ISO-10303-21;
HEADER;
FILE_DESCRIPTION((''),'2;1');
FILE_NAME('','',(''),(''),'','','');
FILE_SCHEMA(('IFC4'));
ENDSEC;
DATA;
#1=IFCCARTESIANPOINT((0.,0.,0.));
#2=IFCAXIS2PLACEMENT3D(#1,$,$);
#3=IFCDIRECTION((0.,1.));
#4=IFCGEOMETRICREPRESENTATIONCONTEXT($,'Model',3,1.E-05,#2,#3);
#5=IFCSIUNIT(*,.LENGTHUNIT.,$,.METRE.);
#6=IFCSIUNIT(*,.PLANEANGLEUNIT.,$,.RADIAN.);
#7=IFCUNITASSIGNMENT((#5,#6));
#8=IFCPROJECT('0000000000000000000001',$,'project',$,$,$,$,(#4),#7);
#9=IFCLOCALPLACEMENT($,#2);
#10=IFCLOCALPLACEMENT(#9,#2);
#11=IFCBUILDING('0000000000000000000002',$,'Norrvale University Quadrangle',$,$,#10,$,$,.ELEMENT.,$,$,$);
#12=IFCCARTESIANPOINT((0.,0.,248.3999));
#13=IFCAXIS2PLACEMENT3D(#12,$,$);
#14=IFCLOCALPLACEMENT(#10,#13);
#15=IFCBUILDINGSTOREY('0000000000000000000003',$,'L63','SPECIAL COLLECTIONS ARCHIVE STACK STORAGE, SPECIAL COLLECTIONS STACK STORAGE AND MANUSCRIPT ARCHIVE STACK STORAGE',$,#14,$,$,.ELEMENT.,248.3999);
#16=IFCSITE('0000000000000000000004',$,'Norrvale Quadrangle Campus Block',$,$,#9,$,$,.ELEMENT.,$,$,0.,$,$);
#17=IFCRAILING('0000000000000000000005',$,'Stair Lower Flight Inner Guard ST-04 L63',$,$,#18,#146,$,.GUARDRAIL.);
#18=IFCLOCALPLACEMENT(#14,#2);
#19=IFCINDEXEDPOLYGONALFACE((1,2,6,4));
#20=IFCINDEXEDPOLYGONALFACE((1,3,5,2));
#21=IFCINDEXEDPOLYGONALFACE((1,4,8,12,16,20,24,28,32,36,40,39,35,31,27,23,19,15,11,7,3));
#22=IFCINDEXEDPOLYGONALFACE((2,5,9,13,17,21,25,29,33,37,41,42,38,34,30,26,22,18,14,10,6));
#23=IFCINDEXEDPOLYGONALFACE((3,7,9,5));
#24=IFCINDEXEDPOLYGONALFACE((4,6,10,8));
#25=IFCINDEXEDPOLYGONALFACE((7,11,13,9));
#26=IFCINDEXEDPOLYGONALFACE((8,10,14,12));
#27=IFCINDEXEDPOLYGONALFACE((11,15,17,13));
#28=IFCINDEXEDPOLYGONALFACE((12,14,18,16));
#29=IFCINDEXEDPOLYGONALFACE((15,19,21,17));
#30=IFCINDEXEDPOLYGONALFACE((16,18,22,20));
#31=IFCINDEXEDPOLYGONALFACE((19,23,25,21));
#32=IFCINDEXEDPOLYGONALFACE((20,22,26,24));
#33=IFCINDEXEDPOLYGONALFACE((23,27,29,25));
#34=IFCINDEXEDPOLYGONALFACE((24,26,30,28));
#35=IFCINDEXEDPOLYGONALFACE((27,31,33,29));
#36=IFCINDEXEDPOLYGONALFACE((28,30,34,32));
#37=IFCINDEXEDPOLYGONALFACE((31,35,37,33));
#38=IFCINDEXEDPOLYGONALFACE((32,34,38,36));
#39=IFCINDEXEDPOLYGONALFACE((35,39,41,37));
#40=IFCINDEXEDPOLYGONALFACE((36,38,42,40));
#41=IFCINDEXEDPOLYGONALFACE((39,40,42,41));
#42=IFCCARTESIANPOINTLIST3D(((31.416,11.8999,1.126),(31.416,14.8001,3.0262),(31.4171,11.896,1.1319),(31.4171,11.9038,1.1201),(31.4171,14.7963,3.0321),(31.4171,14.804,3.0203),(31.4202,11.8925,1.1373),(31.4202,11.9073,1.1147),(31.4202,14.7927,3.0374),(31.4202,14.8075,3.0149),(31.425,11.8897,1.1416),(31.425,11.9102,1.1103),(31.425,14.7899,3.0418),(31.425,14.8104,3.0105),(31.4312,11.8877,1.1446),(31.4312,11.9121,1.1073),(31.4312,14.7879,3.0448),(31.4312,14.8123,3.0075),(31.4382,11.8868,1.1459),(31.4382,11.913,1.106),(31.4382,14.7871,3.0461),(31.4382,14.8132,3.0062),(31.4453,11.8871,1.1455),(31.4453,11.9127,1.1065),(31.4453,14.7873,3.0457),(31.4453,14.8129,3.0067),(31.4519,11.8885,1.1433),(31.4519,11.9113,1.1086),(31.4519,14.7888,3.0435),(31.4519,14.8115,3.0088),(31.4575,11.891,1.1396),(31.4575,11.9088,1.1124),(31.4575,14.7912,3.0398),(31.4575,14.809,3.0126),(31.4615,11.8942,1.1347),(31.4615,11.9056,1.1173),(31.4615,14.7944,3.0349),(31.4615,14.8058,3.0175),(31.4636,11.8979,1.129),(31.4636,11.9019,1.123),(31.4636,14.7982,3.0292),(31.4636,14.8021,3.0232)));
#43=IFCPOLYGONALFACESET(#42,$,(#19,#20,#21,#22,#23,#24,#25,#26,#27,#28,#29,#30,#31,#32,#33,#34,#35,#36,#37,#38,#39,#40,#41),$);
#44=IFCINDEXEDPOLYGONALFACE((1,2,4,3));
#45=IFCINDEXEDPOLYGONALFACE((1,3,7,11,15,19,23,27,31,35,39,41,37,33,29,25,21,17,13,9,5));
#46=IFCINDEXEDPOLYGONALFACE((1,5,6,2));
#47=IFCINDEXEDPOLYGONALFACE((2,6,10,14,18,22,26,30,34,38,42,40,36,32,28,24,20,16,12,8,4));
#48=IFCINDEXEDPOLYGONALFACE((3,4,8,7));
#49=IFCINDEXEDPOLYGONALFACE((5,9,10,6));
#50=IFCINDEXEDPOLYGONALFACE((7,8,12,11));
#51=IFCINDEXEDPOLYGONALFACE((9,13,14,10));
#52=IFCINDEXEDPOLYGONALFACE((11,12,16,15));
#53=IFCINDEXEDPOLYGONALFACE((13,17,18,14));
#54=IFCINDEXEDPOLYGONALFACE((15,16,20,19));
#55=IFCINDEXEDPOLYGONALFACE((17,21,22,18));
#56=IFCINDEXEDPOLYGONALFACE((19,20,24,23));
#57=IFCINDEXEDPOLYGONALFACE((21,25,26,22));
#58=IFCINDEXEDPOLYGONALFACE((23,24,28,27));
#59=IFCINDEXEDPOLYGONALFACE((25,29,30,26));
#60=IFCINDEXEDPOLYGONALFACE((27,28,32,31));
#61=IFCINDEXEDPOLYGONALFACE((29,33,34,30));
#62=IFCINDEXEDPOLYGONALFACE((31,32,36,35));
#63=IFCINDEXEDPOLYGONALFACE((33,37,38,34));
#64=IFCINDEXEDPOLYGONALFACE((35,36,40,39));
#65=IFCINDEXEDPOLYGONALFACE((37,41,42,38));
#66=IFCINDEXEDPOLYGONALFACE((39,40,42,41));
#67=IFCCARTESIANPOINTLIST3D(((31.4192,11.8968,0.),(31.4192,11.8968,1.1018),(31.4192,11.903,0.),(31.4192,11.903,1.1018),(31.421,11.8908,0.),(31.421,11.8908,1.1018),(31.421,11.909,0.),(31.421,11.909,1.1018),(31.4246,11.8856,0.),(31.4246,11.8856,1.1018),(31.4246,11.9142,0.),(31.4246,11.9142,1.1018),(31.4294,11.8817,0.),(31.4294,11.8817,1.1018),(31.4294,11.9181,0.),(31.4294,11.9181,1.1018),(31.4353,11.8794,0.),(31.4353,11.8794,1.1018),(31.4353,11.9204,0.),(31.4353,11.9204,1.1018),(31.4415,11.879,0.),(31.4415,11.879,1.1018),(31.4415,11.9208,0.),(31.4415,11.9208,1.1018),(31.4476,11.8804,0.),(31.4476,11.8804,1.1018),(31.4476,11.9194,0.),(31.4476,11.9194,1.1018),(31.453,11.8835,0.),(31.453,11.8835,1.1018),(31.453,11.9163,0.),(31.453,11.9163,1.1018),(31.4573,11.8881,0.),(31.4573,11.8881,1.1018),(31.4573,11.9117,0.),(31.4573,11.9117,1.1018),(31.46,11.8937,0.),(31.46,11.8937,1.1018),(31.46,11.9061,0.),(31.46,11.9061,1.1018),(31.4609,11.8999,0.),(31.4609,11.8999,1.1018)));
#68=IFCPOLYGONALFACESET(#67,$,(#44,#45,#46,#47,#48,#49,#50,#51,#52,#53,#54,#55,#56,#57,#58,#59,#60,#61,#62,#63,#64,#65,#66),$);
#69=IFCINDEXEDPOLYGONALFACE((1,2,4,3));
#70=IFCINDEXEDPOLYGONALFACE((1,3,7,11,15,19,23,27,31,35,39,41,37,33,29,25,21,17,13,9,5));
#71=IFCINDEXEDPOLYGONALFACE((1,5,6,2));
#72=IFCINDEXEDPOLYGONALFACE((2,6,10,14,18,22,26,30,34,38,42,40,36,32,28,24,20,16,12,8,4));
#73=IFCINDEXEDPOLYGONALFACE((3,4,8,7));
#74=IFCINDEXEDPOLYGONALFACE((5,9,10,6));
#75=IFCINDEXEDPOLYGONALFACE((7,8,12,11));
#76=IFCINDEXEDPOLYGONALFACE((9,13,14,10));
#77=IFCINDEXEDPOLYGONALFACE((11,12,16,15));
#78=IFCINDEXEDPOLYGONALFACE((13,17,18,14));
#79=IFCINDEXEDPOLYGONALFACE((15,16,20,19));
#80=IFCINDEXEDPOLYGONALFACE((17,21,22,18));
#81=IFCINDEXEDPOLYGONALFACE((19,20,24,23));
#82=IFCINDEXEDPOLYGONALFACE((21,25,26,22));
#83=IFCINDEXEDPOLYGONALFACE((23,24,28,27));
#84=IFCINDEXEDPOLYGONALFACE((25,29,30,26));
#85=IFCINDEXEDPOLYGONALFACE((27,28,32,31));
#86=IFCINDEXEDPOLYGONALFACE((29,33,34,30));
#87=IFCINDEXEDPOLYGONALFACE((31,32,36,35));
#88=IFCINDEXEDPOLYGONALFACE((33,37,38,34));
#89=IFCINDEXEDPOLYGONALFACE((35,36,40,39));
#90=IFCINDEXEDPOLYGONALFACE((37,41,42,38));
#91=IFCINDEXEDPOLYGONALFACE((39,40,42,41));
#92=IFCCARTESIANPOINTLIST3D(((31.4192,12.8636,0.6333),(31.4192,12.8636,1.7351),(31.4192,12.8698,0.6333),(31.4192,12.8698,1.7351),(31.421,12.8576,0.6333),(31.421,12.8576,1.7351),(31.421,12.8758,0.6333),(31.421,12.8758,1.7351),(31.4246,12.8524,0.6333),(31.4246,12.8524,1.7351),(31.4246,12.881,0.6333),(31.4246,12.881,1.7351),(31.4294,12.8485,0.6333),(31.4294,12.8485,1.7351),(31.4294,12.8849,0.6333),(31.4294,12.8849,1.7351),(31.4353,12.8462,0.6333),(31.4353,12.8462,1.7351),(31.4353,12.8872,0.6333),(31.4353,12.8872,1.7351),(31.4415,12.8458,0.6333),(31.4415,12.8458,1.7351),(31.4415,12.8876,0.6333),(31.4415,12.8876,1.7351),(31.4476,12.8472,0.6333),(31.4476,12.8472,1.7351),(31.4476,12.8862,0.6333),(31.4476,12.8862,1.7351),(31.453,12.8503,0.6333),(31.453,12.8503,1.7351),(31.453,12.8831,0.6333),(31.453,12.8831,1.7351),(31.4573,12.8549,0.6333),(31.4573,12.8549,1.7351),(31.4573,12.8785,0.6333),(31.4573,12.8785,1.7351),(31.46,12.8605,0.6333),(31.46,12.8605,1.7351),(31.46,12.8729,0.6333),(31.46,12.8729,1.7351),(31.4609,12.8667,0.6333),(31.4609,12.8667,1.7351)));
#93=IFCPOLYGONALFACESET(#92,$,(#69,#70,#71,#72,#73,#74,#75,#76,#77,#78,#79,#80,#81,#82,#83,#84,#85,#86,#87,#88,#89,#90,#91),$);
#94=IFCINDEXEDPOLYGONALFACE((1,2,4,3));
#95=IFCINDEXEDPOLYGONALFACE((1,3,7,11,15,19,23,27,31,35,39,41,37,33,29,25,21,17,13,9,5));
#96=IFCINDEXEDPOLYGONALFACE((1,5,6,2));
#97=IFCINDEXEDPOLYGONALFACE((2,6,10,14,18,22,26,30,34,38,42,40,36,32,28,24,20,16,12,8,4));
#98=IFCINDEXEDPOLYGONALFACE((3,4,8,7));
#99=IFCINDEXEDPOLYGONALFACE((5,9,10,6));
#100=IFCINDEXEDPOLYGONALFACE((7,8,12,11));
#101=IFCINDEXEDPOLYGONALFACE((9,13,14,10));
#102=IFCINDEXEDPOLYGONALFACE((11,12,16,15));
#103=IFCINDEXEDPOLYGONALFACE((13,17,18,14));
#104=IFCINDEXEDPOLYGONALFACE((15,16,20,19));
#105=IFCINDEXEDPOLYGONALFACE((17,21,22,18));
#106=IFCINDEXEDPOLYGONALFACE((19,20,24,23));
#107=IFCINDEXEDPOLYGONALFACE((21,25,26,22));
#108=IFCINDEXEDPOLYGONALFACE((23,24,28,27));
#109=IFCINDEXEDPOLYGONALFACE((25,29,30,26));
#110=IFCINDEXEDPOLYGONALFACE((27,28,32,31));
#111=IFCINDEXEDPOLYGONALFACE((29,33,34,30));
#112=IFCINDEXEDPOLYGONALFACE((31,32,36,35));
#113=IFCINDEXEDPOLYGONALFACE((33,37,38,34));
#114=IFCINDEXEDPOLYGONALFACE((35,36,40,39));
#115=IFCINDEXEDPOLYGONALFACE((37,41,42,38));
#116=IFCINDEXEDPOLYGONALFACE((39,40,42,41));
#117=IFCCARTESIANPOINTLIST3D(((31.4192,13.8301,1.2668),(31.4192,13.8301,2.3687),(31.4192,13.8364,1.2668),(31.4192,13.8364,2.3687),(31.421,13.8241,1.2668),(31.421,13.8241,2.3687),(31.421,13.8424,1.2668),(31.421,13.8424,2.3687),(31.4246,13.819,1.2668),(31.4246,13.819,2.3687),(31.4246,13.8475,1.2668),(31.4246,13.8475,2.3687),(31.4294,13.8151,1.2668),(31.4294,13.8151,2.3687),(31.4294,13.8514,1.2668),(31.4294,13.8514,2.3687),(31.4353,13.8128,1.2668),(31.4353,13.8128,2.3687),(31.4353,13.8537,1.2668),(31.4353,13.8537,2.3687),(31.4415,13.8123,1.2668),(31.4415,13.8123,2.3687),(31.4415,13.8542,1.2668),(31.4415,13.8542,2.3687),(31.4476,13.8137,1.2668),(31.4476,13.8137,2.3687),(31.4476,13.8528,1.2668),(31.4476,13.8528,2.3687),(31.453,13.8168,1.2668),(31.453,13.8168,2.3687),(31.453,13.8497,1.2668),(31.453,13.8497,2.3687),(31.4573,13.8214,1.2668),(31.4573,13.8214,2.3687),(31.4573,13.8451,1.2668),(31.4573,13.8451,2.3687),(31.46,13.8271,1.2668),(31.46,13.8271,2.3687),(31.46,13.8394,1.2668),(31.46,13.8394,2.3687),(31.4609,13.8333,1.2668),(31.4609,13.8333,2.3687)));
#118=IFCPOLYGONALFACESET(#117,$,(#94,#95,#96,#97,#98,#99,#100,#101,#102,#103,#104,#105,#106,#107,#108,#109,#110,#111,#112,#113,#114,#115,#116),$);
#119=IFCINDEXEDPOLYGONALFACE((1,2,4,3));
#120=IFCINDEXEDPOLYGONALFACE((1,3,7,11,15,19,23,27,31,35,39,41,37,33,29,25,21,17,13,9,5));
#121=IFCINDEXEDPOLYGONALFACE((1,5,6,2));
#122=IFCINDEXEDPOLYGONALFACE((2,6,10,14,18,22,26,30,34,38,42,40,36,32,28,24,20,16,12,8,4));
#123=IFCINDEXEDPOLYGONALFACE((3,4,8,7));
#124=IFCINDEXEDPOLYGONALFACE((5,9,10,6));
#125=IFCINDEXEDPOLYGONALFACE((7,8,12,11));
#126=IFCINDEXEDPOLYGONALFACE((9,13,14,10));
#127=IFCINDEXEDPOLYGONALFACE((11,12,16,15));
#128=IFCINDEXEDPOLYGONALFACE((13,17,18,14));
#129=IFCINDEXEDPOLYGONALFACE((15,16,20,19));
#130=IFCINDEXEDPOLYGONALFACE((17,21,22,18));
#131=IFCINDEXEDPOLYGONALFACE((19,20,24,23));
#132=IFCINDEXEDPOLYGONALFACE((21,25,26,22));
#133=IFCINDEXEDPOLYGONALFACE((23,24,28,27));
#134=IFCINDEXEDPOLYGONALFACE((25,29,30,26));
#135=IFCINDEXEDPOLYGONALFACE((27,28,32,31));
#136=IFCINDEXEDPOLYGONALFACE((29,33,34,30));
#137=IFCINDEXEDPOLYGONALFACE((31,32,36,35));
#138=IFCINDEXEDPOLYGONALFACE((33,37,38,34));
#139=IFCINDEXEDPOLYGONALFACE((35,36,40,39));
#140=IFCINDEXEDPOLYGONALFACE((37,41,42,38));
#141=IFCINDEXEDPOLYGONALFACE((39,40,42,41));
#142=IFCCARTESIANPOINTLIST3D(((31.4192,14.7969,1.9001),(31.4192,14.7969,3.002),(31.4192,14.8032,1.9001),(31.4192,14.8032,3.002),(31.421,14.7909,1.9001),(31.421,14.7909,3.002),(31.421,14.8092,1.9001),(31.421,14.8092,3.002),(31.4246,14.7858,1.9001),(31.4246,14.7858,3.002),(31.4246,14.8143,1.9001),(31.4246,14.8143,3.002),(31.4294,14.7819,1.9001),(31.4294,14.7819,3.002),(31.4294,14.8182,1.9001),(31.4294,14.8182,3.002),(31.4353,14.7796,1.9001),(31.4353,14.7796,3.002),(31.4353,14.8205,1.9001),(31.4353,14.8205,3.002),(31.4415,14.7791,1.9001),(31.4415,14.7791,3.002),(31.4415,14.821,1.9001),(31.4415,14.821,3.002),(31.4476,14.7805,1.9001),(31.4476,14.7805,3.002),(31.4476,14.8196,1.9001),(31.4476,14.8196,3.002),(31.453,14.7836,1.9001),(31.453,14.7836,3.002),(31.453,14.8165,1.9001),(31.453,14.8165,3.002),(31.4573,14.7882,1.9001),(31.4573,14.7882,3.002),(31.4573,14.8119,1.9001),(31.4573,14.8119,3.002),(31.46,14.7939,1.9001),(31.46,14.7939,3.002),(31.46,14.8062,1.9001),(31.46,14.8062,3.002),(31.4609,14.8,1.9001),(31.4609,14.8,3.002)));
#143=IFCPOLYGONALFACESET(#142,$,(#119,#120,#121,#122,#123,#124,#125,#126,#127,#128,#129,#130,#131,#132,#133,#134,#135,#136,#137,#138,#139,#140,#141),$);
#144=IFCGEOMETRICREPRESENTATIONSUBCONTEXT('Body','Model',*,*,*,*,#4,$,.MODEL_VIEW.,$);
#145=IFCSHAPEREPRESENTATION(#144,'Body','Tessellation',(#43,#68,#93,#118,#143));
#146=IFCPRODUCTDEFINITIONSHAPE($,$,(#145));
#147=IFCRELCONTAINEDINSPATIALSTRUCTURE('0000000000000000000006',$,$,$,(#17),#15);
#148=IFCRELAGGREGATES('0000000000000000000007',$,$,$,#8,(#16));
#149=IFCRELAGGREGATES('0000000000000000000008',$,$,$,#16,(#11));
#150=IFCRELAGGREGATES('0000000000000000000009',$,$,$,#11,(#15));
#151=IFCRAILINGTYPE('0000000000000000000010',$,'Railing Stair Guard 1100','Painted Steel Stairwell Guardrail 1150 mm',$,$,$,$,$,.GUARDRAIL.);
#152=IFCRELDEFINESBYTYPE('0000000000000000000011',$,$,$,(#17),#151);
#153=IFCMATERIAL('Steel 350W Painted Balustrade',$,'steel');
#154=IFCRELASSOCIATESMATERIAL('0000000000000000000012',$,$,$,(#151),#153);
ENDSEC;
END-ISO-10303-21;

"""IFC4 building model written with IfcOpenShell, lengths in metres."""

from ifc_helpers import new_model, si_unit, direction, frame, origin, origin_2d, place, context, subcontext, project, spatial, circle, extrude, material, type_object, element, save


model = new_model("IFC4")

# Units and contexts
model_context = context("Model", 3, precision=1e-05, world=origin(), true_north=direction((0.0, 1.0)))
body_context = subcontext(model_context, "Body", "Model", "MODEL_VIEW")
ifc_project = project(units=[si_unit("LENGTHUNIT", "METRE"), si_unit("PLANEANGLEUNIT", "RADIAN")], contexts=[model_context])

# Site, building, storey
site_placement = place(None, origin())
site = spatial("IfcSite", under=ifc_project, at=site_placement, Name="Norrvale Quadrangle Campus Block", CompositionType="ELEMENT", RefElevation=0.0)
building_placement = place(site_placement, origin())
building = spatial("IfcBuilding", under=site, at=building_placement, Name="Norrvale University Quadrangle", CompositionType="ELEMENT")
storey_placement = place(building_placement, frame((0.0, 0.0, 248.3999)))
storey = spatial("IfcBuildingStorey", under=building, at=storey_placement, Name="L63", Description="SPECIAL COLLECTIONS ARCHIVE STACK STORAGE, SPECIAL COLLECTIONS STACK STORAGE AND MANUSCRIPT ARCHIVE STACK STORAGE", CompositionType="ELEMENT", Elevation=248.3999)

# Railing
ifc_material_1 = material(Name="Steel 350W Painted Balustrade", Category="steel")
railing_type_1 = type_object("IfcRailingType", Name="Railing Stair Guard 1100", Description="Painted Steel Stairwell Guardrail 1150 mm", PredefinedType="GUARDRAIL", material=ifc_material_1)
railing_1_placement = place(storey_placement, frame((31.4399, 11.8999, 0.0)))
element("IfcRailing", 1, at=railing_1_placement, inside=storey, type_object=railing_type_1, Name="Stair Lower Flight Inner Guard ST-04 L63", PredefinedType="GUARDRAIL", context=body_context, shape_type="SweptSolid", body=[
    extrude(circle(Radius=0.0239, at=origin_2d()), frame((0.0, 0.0, 1.126), z_axis=(0.0, 0.836454, 0.548036), x_axis=(-1.0, 0.0, 0.0)), (0.0, 0.0, 1.0), 3.4673),
    extrude(circle(Radius=0.021, at=origin_2d()), origin(), (0.0, 0.0, 1.0), 1.1018),
    extrude(circle(Radius=0.021, at=origin_2d()), frame((0.0, 0.9668, 0.6333)), (0.0, 0.0, 1.0), 1.1018),
    extrude(circle(Radius=0.021, at=origin_2d()), frame((0.0, 1.9333, 1.2668)), (0.0, 0.0, 1.0), 1.1018),
    extrude(circle(Radius=0.021, at=origin_2d()), frame((0.0, 2.9001, 1.9001)), (0.0, 0.0, 1.0), 1.1018),
])

save(model, "model.ifc")
